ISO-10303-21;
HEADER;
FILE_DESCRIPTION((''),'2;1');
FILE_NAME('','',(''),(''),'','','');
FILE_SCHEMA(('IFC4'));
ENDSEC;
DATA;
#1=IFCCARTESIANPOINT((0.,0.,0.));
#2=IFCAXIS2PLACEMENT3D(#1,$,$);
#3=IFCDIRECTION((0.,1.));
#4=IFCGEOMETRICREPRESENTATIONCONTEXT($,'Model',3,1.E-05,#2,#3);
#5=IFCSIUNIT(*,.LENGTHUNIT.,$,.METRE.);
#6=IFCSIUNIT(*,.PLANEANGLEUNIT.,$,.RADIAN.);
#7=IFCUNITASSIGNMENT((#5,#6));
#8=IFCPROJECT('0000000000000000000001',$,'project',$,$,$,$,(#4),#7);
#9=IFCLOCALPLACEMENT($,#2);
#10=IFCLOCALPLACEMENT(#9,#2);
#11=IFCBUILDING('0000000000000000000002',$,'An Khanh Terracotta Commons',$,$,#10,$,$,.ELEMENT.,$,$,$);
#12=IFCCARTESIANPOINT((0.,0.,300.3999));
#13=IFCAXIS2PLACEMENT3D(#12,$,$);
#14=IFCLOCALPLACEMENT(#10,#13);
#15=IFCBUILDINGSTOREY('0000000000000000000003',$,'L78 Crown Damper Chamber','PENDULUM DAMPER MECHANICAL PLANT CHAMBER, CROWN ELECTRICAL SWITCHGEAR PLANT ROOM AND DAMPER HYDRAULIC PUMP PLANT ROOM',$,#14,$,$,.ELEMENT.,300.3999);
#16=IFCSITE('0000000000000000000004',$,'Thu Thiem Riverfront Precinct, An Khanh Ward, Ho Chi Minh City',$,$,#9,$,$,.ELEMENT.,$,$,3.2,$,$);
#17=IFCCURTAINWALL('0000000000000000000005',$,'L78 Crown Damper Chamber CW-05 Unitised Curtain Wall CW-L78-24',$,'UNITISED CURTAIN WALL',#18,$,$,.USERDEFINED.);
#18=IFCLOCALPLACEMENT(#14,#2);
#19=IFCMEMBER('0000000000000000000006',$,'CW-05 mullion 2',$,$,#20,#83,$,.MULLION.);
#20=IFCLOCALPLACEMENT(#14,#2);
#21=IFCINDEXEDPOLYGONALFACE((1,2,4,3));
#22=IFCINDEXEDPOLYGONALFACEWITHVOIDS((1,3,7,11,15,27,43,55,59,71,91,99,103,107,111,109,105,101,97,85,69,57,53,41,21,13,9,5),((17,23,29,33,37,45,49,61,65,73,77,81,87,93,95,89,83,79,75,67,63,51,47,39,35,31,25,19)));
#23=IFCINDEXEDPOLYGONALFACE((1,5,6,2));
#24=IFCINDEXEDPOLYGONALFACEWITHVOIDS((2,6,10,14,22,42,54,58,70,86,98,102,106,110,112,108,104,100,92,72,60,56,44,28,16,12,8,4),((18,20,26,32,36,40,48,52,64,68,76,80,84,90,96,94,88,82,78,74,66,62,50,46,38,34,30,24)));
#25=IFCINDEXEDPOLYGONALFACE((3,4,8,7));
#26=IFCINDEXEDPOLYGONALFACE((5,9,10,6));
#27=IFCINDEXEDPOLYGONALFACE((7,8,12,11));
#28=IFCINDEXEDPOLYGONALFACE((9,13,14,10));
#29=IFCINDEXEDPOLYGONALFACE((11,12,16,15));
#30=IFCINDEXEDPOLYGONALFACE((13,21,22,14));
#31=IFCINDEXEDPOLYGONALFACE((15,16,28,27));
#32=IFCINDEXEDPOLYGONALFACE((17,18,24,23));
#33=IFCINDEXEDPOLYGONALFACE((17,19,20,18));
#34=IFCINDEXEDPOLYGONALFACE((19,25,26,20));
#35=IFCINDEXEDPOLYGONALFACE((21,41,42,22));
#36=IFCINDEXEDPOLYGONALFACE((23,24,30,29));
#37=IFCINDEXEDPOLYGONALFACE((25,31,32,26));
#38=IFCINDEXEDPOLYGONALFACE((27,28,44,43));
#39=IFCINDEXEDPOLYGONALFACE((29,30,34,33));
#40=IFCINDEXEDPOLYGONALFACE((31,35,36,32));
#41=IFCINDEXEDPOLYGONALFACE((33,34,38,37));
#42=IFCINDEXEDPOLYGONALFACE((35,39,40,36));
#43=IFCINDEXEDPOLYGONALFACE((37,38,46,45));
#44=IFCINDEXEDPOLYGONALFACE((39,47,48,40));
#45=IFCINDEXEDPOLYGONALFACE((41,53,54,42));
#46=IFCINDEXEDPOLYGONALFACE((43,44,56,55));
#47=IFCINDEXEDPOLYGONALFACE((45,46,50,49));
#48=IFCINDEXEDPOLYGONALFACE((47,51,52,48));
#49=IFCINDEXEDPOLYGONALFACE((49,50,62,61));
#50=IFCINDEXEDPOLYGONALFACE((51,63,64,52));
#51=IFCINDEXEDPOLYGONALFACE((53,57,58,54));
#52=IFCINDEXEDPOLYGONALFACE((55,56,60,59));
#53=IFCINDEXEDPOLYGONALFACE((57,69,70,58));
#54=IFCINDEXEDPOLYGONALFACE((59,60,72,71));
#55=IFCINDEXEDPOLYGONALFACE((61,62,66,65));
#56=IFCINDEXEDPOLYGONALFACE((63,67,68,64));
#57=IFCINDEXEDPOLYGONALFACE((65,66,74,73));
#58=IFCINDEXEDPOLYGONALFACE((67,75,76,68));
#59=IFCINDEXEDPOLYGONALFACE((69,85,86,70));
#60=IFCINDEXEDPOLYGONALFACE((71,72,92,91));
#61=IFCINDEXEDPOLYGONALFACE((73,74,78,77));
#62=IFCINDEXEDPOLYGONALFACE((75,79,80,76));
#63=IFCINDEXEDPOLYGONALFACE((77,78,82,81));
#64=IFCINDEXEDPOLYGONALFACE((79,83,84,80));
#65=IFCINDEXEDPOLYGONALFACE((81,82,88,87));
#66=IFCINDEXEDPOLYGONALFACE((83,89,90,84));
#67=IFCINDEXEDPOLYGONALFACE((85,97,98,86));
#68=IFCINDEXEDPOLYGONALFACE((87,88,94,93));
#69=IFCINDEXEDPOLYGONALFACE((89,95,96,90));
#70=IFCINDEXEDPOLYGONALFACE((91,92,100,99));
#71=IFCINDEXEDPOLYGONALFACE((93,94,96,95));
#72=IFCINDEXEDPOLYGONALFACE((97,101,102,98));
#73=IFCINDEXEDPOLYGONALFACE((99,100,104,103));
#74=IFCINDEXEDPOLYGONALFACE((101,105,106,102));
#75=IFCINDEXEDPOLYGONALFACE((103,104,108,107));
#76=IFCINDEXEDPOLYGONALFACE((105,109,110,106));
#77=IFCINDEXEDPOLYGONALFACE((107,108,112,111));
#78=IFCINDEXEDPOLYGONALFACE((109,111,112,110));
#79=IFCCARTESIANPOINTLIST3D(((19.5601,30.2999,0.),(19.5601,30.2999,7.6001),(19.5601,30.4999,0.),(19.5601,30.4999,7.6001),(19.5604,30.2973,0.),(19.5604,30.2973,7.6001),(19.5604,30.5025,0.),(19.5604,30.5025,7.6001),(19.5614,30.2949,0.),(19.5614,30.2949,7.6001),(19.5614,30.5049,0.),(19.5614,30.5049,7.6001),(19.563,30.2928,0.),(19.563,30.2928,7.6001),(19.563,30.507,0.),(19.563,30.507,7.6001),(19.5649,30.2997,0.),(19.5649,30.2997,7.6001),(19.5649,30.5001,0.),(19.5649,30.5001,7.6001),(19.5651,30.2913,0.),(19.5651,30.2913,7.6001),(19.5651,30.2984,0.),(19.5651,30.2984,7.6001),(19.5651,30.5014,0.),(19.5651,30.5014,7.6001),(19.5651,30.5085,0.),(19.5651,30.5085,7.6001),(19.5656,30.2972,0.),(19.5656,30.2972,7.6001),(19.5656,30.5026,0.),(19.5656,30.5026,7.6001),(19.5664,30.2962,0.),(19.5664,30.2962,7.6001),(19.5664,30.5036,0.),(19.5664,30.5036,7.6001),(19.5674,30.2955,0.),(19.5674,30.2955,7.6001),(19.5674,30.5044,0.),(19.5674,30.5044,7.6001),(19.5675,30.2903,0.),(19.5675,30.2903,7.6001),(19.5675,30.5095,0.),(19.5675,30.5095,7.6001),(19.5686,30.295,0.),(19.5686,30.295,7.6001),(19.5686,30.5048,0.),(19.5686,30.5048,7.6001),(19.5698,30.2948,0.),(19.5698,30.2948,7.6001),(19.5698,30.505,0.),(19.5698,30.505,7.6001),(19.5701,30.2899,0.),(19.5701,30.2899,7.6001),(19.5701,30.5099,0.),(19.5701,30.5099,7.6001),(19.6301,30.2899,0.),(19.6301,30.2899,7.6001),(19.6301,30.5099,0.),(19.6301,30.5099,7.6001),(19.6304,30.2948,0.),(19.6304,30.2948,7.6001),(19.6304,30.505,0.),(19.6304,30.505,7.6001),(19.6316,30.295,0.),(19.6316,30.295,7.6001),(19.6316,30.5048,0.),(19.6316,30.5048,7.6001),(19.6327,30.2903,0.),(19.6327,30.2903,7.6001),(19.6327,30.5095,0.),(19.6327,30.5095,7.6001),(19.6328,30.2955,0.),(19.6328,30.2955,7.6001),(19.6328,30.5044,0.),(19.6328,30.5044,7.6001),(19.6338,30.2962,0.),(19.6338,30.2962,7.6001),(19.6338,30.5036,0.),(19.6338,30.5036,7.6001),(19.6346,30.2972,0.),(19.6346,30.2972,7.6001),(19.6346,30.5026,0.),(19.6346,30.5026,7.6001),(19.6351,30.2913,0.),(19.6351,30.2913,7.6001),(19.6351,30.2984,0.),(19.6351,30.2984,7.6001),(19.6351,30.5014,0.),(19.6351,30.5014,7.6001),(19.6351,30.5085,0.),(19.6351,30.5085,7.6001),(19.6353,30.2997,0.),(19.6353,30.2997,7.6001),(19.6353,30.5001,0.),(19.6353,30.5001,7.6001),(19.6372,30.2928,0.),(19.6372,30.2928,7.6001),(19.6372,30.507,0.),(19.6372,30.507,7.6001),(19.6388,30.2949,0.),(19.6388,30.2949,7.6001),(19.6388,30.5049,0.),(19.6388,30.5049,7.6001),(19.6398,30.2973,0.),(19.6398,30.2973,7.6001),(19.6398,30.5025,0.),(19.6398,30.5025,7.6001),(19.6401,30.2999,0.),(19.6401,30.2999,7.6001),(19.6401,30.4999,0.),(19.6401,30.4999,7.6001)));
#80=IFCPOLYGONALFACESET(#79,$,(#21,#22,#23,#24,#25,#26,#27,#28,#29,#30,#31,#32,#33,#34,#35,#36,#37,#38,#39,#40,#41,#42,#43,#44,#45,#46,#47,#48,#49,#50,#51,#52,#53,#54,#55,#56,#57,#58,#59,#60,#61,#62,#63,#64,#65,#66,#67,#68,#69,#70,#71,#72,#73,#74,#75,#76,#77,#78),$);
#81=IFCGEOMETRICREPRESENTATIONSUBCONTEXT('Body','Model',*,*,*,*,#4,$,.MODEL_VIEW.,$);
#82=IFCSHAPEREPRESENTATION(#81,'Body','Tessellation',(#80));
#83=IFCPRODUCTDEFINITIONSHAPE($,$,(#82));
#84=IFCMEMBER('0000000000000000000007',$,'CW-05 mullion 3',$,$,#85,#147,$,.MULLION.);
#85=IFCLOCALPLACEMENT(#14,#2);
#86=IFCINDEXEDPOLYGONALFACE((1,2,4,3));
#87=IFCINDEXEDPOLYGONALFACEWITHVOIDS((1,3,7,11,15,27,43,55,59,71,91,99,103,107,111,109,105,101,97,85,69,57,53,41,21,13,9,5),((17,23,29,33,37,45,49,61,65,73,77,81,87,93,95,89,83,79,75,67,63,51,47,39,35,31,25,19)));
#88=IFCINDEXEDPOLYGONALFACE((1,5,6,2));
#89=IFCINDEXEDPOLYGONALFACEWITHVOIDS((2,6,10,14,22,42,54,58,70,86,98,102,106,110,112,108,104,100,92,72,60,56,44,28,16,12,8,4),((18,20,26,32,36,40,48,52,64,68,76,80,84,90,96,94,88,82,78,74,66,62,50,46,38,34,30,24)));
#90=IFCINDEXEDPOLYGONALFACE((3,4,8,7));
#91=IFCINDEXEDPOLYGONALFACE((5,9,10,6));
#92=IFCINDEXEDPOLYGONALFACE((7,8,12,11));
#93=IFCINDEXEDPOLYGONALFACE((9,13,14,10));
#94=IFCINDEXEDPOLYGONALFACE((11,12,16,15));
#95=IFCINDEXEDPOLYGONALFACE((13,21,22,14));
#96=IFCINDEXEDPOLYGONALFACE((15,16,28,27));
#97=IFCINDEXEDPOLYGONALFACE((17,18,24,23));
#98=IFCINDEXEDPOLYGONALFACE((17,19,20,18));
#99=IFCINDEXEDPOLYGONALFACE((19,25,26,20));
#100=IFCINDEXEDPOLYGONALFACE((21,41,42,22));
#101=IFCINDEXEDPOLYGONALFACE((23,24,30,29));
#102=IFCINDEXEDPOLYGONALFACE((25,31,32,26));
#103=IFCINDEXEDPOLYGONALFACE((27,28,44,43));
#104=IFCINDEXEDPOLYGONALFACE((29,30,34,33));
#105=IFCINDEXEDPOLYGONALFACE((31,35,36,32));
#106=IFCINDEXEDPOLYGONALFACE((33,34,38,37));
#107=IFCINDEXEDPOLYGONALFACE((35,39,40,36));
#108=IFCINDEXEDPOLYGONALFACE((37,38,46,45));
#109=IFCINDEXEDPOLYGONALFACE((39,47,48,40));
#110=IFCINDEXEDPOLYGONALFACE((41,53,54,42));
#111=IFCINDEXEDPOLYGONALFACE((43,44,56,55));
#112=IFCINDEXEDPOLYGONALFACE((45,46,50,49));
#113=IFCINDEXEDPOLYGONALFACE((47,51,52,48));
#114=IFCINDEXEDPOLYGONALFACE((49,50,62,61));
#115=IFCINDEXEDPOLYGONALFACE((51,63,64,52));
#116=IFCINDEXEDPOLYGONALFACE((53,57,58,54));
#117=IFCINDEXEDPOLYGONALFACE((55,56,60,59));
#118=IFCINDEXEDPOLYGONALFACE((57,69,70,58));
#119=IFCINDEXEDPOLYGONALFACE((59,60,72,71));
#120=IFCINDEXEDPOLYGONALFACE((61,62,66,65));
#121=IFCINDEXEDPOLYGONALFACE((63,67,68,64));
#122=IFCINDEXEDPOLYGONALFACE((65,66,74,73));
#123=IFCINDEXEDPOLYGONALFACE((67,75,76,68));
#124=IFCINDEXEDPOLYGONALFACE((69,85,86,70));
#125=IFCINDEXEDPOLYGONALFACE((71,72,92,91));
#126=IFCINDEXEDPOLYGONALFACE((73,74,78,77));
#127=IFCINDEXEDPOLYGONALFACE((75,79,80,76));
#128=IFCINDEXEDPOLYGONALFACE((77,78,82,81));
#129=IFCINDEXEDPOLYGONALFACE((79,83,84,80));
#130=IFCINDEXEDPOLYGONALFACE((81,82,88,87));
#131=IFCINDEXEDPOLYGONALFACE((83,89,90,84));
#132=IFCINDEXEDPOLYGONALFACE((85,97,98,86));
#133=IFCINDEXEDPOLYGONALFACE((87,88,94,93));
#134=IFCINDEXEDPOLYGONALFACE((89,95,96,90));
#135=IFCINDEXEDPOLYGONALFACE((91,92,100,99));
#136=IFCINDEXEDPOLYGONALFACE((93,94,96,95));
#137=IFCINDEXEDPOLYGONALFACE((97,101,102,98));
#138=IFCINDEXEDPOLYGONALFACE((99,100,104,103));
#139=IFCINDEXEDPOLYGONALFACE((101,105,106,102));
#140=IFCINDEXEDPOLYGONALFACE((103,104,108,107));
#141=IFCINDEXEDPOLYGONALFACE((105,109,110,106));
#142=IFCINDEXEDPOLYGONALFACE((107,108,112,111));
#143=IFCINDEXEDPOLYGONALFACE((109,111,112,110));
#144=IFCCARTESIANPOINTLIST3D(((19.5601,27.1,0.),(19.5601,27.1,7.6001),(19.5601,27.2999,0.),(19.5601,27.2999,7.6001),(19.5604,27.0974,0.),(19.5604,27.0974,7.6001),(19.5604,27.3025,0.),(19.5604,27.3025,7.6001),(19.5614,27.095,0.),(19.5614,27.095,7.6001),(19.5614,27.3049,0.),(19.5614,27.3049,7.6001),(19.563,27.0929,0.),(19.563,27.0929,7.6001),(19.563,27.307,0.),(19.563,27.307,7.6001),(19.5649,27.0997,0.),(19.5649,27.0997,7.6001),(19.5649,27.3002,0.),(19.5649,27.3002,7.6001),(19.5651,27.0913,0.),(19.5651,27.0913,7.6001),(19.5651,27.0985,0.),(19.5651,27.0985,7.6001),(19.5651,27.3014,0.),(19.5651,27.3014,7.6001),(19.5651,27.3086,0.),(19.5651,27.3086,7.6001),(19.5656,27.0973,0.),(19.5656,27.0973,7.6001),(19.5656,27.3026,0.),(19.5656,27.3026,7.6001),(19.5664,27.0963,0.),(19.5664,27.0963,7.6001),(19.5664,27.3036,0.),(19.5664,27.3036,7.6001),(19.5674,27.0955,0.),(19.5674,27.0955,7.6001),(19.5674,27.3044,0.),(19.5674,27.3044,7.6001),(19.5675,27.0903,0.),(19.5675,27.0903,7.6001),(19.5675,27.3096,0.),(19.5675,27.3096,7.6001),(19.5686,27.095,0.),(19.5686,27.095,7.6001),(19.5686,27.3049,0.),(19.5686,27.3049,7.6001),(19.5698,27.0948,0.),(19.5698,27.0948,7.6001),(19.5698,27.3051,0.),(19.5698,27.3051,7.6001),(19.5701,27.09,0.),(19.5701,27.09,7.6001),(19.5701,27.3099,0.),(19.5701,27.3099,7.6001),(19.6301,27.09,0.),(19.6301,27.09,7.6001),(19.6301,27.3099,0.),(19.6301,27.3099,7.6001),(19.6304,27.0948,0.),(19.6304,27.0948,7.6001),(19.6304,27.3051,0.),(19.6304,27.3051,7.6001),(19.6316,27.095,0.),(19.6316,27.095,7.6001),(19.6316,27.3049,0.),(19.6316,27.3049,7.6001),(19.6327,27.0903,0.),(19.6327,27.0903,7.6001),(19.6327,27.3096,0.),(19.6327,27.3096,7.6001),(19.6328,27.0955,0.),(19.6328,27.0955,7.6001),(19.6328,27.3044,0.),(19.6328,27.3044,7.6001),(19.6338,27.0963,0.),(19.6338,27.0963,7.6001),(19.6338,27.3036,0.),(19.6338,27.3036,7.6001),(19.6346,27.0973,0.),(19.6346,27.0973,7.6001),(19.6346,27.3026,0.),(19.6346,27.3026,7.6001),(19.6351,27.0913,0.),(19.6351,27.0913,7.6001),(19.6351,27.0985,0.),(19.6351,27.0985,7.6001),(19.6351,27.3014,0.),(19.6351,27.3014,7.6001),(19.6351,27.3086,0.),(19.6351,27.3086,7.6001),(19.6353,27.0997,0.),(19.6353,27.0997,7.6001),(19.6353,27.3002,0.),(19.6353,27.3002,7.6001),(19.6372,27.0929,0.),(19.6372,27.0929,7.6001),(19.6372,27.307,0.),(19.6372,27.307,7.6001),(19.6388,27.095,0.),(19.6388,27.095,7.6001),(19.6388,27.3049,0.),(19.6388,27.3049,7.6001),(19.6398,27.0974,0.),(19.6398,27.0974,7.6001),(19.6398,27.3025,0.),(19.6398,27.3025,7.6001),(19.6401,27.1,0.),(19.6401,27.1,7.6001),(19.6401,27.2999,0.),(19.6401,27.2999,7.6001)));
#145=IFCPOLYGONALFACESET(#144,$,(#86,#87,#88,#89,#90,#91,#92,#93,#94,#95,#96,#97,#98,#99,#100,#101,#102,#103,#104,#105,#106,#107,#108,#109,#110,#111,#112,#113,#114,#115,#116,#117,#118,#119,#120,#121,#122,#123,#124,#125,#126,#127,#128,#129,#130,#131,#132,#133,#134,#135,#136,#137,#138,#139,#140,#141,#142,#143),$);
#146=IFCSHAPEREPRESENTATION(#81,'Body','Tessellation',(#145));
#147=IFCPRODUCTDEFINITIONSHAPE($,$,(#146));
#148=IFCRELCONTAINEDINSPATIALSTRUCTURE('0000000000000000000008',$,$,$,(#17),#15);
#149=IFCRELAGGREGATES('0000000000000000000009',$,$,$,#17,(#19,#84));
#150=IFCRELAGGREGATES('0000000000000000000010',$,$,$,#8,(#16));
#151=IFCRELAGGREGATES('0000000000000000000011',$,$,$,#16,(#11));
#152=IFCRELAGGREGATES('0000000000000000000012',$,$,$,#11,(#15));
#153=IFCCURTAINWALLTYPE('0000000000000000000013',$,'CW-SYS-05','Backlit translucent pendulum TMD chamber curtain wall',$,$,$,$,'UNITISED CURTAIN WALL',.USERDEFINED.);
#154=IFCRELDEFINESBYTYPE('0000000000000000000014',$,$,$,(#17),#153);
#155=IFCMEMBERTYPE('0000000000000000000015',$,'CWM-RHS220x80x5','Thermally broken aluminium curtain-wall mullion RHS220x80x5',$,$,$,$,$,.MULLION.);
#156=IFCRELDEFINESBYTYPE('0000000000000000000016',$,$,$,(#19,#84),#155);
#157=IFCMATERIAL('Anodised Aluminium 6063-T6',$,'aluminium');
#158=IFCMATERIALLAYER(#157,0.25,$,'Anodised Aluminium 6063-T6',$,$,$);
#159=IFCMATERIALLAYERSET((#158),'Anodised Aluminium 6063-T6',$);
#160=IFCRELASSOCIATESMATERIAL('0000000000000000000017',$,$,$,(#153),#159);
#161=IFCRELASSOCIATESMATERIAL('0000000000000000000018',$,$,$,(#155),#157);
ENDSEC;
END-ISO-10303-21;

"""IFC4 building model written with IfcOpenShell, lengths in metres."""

from ifc_helpers import new_model, si_unit, direction, frame, origin, origin_2d, place, context, subcontext, project, spatial, hollow_rectangle, extrude, material, layer, layer_set, material_profile, profile_set, type_object, element, aggregate, save


model = new_model("IFC4")

# Units and contexts
model_context = context("Model", 3, precision=1e-05, world=origin(), true_north=direction((0.0, 1.0)))
body_context = subcontext(model_context, "Body", "Model", "MODEL_VIEW")
ifc_project = project(units=[si_unit("LENGTHUNIT", "METRE"), si_unit("PLANEANGLEUNIT", "RADIAN")], contexts=[model_context])

# Site, building, storey
site_placement = place(None, origin())
site = spatial("IfcSite", under=ifc_project, at=site_placement, Name="Thu Thiem Riverfront Precinct, An Khanh Ward, Ho Chi Minh City", CompositionType="ELEMENT", RefElevation=3.2)
building_placement = place(site_placement, origin())
building = spatial("IfcBuilding", under=site, at=building_placement, Name="An Khanh Terracotta Commons", CompositionType="ELEMENT")
storey_placement = place(building_placement, frame((0.0, 0.0, 300.3999)))
storey = spatial("IfcBuildingStorey", under=building, at=storey_placement, Name="L78 Crown Damper Chamber", Description="PENDULUM DAMPER MECHANICAL PLANT CHAMBER, CROWN ELECTRICAL SWITCHGEAR PLANT ROOM AND DAMPER HYDRAULIC PUMP PLANT ROOM", CompositionType="ELEMENT", Elevation=300.3999)

# Curtain wall, members
ifc_material_1 = material(Name="Anodised Aluminium 6063-T6", Category="aluminium")
ifc_layer_1 = layer(ifc_material_1, 0.25, Name="Anodised Aluminium 6063-T6")
ifc_layer_set_1 = layer_set([ifc_layer_1], Name="Anodised Aluminium 6063-T6")
curtain_wall_type = type_object("IfcCurtainWallType", Name="CW-SYS-05", Description="Backlit translucent pendulum TMD chamber curtain wall", ElementType="UNITISED CURTAIN WALL", PredefinedType="USERDEFINED", material=ifc_layer_set_1)
curtain_wall_placement = place(storey_placement, origin())
curtain_wall = element("IfcCurtainWall", 1, at=curtain_wall_placement, inside=storey, type_object=curtain_wall_type, Name="L78 Crown Damper Chamber CW-05 Unitised Curtain Wall CW-L78-24", ObjectType="UNITISED CURTAIN WALL", PredefinedType="USERDEFINED")
ifc_material_profile_1 = material_profile(ifc_material_1, hollow_rectangle(XDim=0.0801, YDim=0.22, WallThickness=0.0049, InnerFilletRadius=0.0049, OuterFilletRadius=0.01, at=origin_2d()), Name="RHS220x80x5")
ifc_profile_set_1 = profile_set([ifc_material_profile_1], Name="Anodised Aluminium 6063-T6")
member_type_1 = type_object("IfcMemberType", Name="CWM-RHS220x80x5", Description="Thermally broken aluminium curtain-wall mullion RHS220x80x5", PredefinedType="MULLION", material=ifc_profile_set_1)
member_1_placement = place(storey_placement, frame((19.6001, 30.3999, 0.0), z_axis=(0.0, 0.0, 1.0), x_axis=(1.0, 0.0, 0.0)))
member_1 = element("IfcMember", 2, at=member_1_placement, type_object=member_type_1, Name="CW-05 mullion 2", PredefinedType="MULLION", context=body_context, shape_type="SweptSolid", body=[
    extrude(hollow_rectangle(XDim=0.0801, YDim=0.22, WallThickness=0.0049, InnerFilletRadius=0.0049, OuterFilletRadius=0.01, at=origin_2d()), origin(), (0.0, 0.0, 1.0), 7.6001),
])
member_2_placement = place(storey_placement, frame((19.6001, 27.2, 0.0), z_axis=(0.0, 0.0, 1.0), x_axis=(1.0, 0.0, 0.0)))
member_2 = element("IfcMember", 3, at=member_2_placement, type_object=member_type_1, Name="CW-05 mullion 3", PredefinedType="MULLION", context=body_context, shape_type="SweptSolid", body=[
    extrude(hollow_rectangle(XDim=0.0801, YDim=0.22, WallThickness=0.0049, InnerFilletRadius=0.0049, OuterFilletRadius=0.01, at=origin_2d()), origin(), (0.0, 0.0, 1.0), 7.6001),
])
aggregate(curtain_wall, [member_1, member_2])

save(model, "model.ifc")
